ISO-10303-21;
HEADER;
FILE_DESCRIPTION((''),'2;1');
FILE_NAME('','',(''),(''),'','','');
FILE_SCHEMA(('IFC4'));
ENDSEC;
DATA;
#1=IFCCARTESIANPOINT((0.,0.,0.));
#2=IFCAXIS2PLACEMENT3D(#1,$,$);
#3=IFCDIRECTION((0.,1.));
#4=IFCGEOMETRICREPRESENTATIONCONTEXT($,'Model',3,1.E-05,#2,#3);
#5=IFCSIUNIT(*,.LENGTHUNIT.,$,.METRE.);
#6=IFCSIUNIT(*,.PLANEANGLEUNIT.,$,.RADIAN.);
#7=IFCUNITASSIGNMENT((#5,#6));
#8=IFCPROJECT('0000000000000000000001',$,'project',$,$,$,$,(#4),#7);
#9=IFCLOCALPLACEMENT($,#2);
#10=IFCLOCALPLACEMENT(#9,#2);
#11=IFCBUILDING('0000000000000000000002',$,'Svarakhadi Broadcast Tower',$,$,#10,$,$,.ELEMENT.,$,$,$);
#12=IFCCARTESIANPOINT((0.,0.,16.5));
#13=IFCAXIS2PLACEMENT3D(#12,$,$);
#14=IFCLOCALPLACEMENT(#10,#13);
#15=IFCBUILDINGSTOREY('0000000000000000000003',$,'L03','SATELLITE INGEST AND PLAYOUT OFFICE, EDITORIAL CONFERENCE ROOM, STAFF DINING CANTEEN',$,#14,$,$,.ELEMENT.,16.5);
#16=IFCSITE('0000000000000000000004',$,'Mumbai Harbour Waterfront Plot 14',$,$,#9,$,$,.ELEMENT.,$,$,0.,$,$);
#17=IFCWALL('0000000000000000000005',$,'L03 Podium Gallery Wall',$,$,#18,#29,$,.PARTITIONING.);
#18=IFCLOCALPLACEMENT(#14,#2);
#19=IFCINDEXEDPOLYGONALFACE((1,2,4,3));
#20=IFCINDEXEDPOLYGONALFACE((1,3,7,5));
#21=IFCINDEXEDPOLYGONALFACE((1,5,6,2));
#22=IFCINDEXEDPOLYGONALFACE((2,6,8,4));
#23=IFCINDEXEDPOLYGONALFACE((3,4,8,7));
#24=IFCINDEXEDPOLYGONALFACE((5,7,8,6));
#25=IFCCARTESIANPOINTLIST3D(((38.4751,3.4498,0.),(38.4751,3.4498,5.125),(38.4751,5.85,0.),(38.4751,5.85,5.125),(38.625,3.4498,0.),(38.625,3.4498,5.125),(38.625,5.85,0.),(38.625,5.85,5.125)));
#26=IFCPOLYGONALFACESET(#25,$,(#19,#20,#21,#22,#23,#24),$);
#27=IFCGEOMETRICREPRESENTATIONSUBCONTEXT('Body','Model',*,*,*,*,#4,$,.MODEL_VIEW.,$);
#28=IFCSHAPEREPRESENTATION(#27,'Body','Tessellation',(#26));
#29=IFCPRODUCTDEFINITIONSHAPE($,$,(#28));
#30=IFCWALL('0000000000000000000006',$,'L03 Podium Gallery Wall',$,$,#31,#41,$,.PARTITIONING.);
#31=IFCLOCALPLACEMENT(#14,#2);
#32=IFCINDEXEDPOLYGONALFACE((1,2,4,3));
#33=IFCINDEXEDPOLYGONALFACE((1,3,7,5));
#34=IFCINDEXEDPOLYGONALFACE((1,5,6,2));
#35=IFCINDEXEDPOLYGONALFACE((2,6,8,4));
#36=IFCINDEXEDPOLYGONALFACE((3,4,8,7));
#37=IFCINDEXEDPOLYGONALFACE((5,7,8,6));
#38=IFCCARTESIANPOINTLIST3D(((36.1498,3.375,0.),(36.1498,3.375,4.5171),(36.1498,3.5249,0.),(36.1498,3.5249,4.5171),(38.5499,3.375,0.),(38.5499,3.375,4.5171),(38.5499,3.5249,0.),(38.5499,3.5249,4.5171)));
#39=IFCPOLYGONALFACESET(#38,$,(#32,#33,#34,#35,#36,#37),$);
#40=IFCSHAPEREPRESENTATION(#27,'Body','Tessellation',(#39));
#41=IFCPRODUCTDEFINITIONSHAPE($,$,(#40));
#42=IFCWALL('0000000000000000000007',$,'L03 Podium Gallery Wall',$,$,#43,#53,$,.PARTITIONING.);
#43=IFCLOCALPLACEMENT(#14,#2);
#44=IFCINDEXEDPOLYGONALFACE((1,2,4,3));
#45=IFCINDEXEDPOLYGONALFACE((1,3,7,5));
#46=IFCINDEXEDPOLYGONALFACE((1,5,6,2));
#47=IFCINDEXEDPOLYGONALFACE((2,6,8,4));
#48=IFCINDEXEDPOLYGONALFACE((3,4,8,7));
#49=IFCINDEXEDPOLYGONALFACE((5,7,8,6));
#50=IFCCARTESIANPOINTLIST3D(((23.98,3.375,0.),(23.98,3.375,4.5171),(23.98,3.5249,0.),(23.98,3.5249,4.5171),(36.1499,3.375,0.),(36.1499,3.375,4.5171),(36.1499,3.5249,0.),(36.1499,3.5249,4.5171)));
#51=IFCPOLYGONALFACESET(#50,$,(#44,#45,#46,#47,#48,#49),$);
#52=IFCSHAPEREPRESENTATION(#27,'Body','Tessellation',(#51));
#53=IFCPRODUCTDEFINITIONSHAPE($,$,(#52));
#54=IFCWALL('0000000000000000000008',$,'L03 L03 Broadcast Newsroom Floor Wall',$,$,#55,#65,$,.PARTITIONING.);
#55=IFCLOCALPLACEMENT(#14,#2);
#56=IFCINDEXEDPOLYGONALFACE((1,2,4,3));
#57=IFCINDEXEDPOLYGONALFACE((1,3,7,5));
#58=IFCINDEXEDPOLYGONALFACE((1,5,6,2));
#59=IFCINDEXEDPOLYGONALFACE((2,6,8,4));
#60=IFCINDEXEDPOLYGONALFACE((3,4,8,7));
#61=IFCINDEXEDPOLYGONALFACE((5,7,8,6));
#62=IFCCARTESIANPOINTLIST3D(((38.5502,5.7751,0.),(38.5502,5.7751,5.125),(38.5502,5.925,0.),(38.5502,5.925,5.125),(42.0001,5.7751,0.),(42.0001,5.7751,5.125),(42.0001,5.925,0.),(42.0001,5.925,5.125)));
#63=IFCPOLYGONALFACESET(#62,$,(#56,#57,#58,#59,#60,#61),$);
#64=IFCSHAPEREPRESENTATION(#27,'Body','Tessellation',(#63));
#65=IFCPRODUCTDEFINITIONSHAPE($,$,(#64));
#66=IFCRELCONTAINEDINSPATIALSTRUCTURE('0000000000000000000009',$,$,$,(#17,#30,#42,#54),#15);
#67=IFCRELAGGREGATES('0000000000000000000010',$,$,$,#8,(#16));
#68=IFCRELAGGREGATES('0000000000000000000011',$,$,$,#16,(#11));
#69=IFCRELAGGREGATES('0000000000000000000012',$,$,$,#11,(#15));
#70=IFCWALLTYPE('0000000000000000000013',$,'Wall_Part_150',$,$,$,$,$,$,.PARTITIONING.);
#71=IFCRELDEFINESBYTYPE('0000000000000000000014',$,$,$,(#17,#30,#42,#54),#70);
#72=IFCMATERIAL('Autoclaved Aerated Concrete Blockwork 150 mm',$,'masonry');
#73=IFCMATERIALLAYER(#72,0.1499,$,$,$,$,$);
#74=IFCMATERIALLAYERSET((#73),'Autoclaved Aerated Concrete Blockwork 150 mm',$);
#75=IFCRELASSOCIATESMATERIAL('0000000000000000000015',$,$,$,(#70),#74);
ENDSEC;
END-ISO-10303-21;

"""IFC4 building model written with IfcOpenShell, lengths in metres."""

from ifc_helpers import new_model, si_unit, direction, frame, frame_2d, origin, place, context, subcontext, project, spatial, rectangle, extrude, material, layer, layer_set, type_object, element, save


model = new_model("IFC4")

# Units and contexts
model_context = context("Model", 3, precision=1e-05, world=origin(), true_north=direction((0.0, 1.0)))
body_context = subcontext(model_context, "Body", "Model", "MODEL_VIEW")
ifc_project = project(units=[si_unit("LENGTHUNIT", "METRE"), si_unit("PLANEANGLEUNIT", "RADIAN")], contexts=[model_context])

# Site, building, storey
site_placement = place(None, origin())
site = spatial("IfcSite", under=ifc_project, at=site_placement, Name="Mumbai Harbour Waterfront Plot 14", CompositionType="ELEMENT", RefElevation=0.0)
building_placement = place(site_placement, origin())
building = spatial("IfcBuilding", under=site, at=building_placement, Name="Svarakhadi Broadcast Tower", CompositionType="ELEMENT")
storey_placement = place(building_placement, frame((0.0, 0.0, 16.5)))
storey = spatial("IfcBuildingStorey", under=building, at=storey_placement, Name="L03", Description="SATELLITE INGEST AND PLAYOUT OFFICE, EDITORIAL CONFERENCE ROOM, STAFF DINING CANTEEN", CompositionType="ELEMENT", Elevation=16.5)

# Walls
ifc_material_1 = material(Name="Autoclaved Aerated Concrete Blockwork 150 mm", Category="masonry")
ifc_layer_1 = layer(ifc_material_1, 0.1499)
ifc_layer_set_1 = layer_set([ifc_layer_1], Name="Autoclaved Aerated Concrete Blockwork 150 mm")
wall_type = type_object("IfcWallType", Name="Wall_Part_150", PredefinedType="PARTITIONING", material=ifc_layer_set_1)
wall_1_placement = place(storey_placement, frame((38.55, 5.8501, 0.0), z_axis=(0.0, 0.0, 1.0), x_axis=(0.0, -1.0, 0.0)))
element("IfcWall", 1, at=wall_1_placement, inside=storey, type_object=wall_type, Name="L03 Podium Gallery Wall", PredefinedType="PARTITIONING", context=body_context, shape_type="SweptSolid", body=[
    extrude(rectangle(XDim=2.4001, YDim=0.1499, at=frame_2d((1.2002, 0.0))), origin(), (0.0, 0.0, 1.0), 5.125),
])
wall_2_placement = place(storey_placement, frame((38.55, 3.45, 0.0), z_axis=(0.0, 0.0, 1.0), x_axis=(-1.0, 0.0, 0.0)))
element("IfcWall", 2, at=wall_2_placement, inside=storey, type_object=wall_type, Name="L03 Podium Gallery Wall", PredefinedType="PARTITIONING", context=body_context, shape_type="SweptSolid", body=[
    extrude(rectangle(XDim=2.4001, YDim=0.1499, at=frame_2d((1.2002, 0.0))), origin(), (0.0, 0.0, 1.0), 4.5171),
])
wall_3_placement = place(storey_placement, frame((36.1499, 3.45, 0.0), z_axis=(0.0, 0.0, 1.0), x_axis=(-1.0, 0.0, 0.0)))
element("IfcWall", 3, at=wall_3_placement, inside=storey, type_object=wall_type, Name="L03 Podium Gallery Wall", PredefinedType="PARTITIONING", context=body_context, shape_type="SweptSolid", body=[
    extrude(rectangle(XDim=12.1699, YDim=0.1499, at=frame_2d((6.085, 0.0))), origin(), (0.0, 0.0, 1.0), 4.5171),
])
wall_4_placement = place(storey_placement, frame((38.55, 5.8501, 0.0), z_axis=(0.0, 0.0, 1.0), x_axis=(1.0, 0.0, 0.0)))
element("IfcWall", 4, at=wall_4_placement, inside=storey, type_object=wall_type, Name="L03 L03 Broadcast Newsroom Floor Wall", PredefinedType="PARTITIONING", context=body_context, shape_type="SweptSolid", body=[
    extrude(rectangle(XDim=3.45, YDim=0.1499, at=frame_2d((1.7251, 0.0))), origin(), (0.0, 0.0, 1.0), 5.125),
])

save(model, "model.ifc")
